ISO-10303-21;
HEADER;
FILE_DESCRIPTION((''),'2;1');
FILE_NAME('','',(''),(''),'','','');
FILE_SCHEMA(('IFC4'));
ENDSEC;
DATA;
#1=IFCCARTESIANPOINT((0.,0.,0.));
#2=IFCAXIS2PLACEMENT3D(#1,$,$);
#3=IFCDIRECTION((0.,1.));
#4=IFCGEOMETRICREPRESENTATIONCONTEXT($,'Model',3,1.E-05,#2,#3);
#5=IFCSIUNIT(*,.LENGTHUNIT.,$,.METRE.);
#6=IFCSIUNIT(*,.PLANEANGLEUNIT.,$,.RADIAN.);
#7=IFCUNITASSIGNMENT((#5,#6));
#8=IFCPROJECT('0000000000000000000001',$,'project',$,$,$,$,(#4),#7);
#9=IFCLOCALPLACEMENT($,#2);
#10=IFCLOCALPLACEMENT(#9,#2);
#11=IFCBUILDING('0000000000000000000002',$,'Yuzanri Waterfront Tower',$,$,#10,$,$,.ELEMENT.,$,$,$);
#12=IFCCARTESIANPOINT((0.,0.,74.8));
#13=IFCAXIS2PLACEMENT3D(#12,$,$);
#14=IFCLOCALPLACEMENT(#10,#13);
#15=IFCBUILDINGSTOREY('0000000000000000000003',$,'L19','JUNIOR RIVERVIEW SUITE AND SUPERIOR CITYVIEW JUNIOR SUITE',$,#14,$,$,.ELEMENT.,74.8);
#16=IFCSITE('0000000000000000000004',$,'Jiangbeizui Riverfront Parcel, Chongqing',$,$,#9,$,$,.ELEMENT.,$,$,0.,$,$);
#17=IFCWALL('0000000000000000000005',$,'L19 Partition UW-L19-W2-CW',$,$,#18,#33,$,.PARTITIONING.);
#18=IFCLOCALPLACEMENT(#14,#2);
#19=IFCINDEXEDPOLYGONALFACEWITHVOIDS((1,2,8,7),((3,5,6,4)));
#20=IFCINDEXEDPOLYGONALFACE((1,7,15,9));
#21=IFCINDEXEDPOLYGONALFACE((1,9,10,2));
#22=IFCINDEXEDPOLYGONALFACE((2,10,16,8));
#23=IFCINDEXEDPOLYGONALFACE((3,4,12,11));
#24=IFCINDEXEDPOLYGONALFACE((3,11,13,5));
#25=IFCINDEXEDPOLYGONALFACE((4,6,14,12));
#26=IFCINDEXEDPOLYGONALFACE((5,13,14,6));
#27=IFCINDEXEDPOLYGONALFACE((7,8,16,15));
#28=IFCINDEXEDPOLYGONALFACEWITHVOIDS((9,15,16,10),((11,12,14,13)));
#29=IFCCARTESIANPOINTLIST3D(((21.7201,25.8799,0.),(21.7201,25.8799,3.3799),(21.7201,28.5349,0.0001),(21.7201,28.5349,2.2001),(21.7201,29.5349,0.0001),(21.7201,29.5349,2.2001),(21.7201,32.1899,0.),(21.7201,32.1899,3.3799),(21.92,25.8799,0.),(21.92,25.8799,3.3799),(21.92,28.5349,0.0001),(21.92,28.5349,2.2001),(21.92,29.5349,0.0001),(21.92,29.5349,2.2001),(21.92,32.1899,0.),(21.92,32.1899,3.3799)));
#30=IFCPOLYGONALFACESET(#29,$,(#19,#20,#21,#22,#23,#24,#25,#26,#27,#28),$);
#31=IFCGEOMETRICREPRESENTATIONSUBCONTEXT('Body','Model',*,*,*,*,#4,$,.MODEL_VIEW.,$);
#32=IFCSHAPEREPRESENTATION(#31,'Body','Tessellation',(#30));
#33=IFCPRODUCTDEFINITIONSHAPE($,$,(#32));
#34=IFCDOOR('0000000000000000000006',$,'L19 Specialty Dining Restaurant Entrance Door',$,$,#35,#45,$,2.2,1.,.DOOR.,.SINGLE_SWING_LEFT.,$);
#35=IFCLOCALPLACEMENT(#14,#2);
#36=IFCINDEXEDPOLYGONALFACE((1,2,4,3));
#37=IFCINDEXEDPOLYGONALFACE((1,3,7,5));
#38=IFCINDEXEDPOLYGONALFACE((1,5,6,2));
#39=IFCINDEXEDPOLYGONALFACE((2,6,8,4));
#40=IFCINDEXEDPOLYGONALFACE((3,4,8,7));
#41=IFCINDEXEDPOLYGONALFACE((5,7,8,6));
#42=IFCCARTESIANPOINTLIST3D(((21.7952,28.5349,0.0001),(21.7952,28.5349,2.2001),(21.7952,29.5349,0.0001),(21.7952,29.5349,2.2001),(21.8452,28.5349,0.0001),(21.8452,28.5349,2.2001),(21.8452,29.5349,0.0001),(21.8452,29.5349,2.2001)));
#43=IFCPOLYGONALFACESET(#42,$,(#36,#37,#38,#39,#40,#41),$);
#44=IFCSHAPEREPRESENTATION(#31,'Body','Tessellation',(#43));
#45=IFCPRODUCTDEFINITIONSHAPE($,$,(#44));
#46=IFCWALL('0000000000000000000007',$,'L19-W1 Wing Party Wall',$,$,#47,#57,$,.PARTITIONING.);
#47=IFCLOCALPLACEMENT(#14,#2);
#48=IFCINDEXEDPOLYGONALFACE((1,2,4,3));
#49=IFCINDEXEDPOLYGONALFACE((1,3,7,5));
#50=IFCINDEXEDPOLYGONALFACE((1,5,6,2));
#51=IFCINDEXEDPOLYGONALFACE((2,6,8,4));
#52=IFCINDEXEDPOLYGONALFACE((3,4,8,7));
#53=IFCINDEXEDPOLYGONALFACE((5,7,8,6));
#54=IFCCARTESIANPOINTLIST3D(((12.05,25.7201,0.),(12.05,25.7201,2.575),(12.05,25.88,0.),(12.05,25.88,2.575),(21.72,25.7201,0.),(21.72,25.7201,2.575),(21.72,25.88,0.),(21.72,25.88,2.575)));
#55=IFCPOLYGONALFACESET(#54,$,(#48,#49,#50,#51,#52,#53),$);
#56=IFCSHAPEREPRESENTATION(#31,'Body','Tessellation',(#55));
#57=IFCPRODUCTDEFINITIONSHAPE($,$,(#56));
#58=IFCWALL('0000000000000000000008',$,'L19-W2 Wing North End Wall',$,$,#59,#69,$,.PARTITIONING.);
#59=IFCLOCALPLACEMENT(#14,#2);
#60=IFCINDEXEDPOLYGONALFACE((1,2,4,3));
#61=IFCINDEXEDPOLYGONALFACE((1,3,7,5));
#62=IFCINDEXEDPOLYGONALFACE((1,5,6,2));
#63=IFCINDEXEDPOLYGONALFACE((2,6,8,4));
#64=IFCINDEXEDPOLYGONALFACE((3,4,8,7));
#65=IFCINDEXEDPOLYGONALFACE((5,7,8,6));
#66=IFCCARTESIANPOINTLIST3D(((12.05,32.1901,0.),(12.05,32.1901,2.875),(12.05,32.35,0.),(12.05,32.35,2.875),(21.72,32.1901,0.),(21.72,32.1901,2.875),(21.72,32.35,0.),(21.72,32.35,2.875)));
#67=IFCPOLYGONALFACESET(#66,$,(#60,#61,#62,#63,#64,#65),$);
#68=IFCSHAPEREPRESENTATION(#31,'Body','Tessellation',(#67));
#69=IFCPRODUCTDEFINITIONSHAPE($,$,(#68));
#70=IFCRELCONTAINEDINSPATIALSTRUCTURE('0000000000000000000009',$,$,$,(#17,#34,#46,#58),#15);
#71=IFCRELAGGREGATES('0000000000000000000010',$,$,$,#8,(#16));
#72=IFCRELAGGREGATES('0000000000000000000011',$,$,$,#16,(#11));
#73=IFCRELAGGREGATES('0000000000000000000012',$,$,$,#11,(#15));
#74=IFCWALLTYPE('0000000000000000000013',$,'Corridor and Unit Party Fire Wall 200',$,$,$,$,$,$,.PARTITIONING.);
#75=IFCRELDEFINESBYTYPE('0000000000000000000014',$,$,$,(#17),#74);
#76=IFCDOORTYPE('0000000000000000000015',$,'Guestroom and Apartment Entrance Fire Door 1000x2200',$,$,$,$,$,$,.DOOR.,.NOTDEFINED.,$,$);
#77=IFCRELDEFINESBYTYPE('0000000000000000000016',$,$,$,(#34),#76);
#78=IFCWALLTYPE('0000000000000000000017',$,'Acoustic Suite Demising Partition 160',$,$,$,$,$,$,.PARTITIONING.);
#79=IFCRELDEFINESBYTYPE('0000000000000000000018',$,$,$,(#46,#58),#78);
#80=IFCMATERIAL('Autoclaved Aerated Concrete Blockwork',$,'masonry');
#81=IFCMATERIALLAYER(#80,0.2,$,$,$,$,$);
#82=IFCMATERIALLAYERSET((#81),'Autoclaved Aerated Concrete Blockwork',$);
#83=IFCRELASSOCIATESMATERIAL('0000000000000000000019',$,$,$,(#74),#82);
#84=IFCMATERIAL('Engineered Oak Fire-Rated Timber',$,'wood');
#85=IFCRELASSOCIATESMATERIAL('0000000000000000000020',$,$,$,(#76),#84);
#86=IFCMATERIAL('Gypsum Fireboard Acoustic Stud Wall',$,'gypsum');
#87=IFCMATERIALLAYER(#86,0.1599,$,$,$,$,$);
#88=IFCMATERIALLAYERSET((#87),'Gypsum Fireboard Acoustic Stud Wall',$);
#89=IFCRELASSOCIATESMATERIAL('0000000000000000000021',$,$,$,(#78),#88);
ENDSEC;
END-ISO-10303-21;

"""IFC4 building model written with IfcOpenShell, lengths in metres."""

from ifc_helpers import new_model, si_unit, direction, frame, frame_2d, origin, place, context, subcontext, project, spatial, rectangle, extrude, source, transform, mapped, material, layer, layer_set, type_object, element, fill, save


model = new_model("IFC4")

# Units and contexts
model_context = context("Model", 3, precision=1e-05, world=origin(), true_north=direction((0.0, 1.0)))
body_context = subcontext(model_context, "Body", "Model", "MODEL_VIEW")
ifc_project = project(units=[si_unit("LENGTHUNIT", "METRE"), si_unit("PLANEANGLEUNIT", "RADIAN")], contexts=[model_context])

# Site, building, storey
site_placement = place(None, origin())
site = spatial("IfcSite", under=ifc_project, at=site_placement, Name="Jiangbeizui Riverfront Parcel, Chongqing", CompositionType="ELEMENT", RefElevation=0.0)
building_placement = place(site_placement, origin())
building = spatial("IfcBuilding", under=site, at=building_placement, Name="Yuzanri Waterfront Tower", CompositionType="ELEMENT")
storey_placement = place(building_placement, frame((0.0, 0.0, 74.8)))
storey = spatial("IfcBuildingStorey", under=building, at=storey_placement, Name="L19", Description="JUNIOR RIVERVIEW SUITE AND SUPERIOR CITYVIEW JUNIOR SUITE", CompositionType="ELEMENT", Elevation=74.8)

# Wall, opening, door
ifc_material_1 = material(Name="Autoclaved Aerated Concrete Blockwork", Category="masonry")
ifc_layer_1 = layer(ifc_material_1, 0.2)
ifc_layer_set_1 = layer_set([ifc_layer_1], Name="Autoclaved Aerated Concrete Blockwork")
wall_type_1 = type_object("IfcWallType", Name="Corridor and Unit Party Fire Wall 200", PredefinedType="PARTITIONING", material=ifc_layer_set_1)
ifc_material_2 = material(Name="Engineered Oak Fire-Rated Timber", Category="wood")
door_type_1 = type_object("IfcDoorType", Name="Guestroom and Apartment Entrance Fire Door 1000x2200", OperationType="NOTDEFINED", PredefinedType="DOOR", material=ifc_material_2)
shared_shape_1 = source(origin(), body_context, "Body", "SweptSolid", [
    extrude(rectangle(XDim=1.0, YDim=2.2, at=frame_2d((0.5, 1.1001))), frame((0.0, 0.0249, 0.0), z_axis=(0.0, -1.0, 0.0), x_axis=(1.0, 0.0, 0.0)), (0.0, 0.0, 1.0), 0.05),
])
wall_1_placement = place(storey_placement, frame((21.8201, 25.8799, 0.0), z_axis=(0.0, 0.0, 1.0), x_axis=(0.0, 1.0, 0.0)))
wall_1 = element("IfcWall", 1, at=wall_1_placement, inside=storey, type_object=wall_type_1, Name="L19 Partition UW-L19-W2-CW", PredefinedType="PARTITIONING", context=body_context, shape_type="SweptSolid", body=[
    extrude(rectangle(XDim=6.3101, YDim=0.2, at=frame_2d((3.155, 0.0))), origin(), (0.0, 0.0, 1.0), 3.3799),
])
opening_1_placement = place(wall_1_placement, frame((2.655, 0.0, 0.0)))
opening_1 = element("IfcOpeningElement", 2, at=opening_1_placement, cuts=wall_1, PredefinedType="OPENING", context=body_context, shape_type="SweptSolid", body=[
    extrude(rectangle(XDim=1.0, YDim=2.2, at=frame_2d((0.5, 1.1001))), frame((0.0, 0.1147, 0.0), z_axis=(0.0, -1.0, 0.0), x_axis=(1.0, 0.0, 0.0)), (0.0, 0.0, 1.0), 0.2297),
])
door_1_placement = place(opening_1_placement, origin())
door_1 = element("IfcDoor", 3, at=door_1_placement, inside=storey, type_object=door_type_1, Name="L19 Specialty Dining Restaurant Entrance Door", OperationType="SINGLE_SWING_LEFT", OverallHeight=2.2, OverallWidth=1.0, PredefinedType="DOOR", context=body_context, shape_type="MappedRepresentation", body=[
    mapped(shared_shape_1, transform((0.0, 0.0, 0.0), scale=1.0)),
])
fill(opening_1, door_1)

# Walls
ifc_material_3 = material(Name="Gypsum Fireboard Acoustic Stud Wall", Category="gypsum")
ifc_layer_2 = layer(ifc_material_3, 0.1599)
ifc_layer_set_2 = layer_set([ifc_layer_2], Name="Gypsum Fireboard Acoustic Stud Wall")
wall_type_2 = type_object("IfcWallType", Name="Acoustic Suite Demising Partition 160", PredefinedType="PARTITIONING", material=ifc_layer_set_2)
shared_shape_2 = source(origin(), body_context, "Body", "SweptSolid", [
    extrude(rectangle(XDim=9.6699, YDim=0.1599, at=frame_2d((4.835, 0.0))), origin(), (0.0, 0.0, 1.0), 2.575),
])
wall_2_placement = place(storey_placement, frame((12.05, 25.8, 0.0), z_axis=(0.0, 0.0, 1.0), x_axis=(1.0, 0.0, 0.0)))
element("IfcWall", 4, at=wall_2_placement, inside=storey, type_object=wall_type_2, Name="L19-W1 Wing Party Wall", PredefinedType="PARTITIONING", context=body_context, shape_type="MappedRepresentation", body=[
    mapped(shared_shape_2, transform((0.0, 0.0, 0.0), scale=1.0)),
])
shared_shape_3 = source(origin(), body_context, "Body", "SweptSolid", [
    extrude(rectangle(XDim=9.6699, YDim=0.1599, at=frame_2d((4.835, 0.0))), origin(), (0.0, 0.0, 1.0), 2.875),
])
wall_3_placement = place(storey_placement, frame((12.05, 32.27, 0.0), z_axis=(0.0, 0.0, 1.0), x_axis=(1.0, 0.0, 0.0)))
element("IfcWall", 5, at=wall_3_placement, inside=storey, type_object=wall_type_2, Name="L19-W2 Wing North End Wall", PredefinedType="PARTITIONING", context=body_context, shape_type="MappedRepresentation", body=[
    mapped(shared_shape_3, transform((0.0, 0.0, 0.0), scale=1.0)),
])

save(model, "model.ifc")
